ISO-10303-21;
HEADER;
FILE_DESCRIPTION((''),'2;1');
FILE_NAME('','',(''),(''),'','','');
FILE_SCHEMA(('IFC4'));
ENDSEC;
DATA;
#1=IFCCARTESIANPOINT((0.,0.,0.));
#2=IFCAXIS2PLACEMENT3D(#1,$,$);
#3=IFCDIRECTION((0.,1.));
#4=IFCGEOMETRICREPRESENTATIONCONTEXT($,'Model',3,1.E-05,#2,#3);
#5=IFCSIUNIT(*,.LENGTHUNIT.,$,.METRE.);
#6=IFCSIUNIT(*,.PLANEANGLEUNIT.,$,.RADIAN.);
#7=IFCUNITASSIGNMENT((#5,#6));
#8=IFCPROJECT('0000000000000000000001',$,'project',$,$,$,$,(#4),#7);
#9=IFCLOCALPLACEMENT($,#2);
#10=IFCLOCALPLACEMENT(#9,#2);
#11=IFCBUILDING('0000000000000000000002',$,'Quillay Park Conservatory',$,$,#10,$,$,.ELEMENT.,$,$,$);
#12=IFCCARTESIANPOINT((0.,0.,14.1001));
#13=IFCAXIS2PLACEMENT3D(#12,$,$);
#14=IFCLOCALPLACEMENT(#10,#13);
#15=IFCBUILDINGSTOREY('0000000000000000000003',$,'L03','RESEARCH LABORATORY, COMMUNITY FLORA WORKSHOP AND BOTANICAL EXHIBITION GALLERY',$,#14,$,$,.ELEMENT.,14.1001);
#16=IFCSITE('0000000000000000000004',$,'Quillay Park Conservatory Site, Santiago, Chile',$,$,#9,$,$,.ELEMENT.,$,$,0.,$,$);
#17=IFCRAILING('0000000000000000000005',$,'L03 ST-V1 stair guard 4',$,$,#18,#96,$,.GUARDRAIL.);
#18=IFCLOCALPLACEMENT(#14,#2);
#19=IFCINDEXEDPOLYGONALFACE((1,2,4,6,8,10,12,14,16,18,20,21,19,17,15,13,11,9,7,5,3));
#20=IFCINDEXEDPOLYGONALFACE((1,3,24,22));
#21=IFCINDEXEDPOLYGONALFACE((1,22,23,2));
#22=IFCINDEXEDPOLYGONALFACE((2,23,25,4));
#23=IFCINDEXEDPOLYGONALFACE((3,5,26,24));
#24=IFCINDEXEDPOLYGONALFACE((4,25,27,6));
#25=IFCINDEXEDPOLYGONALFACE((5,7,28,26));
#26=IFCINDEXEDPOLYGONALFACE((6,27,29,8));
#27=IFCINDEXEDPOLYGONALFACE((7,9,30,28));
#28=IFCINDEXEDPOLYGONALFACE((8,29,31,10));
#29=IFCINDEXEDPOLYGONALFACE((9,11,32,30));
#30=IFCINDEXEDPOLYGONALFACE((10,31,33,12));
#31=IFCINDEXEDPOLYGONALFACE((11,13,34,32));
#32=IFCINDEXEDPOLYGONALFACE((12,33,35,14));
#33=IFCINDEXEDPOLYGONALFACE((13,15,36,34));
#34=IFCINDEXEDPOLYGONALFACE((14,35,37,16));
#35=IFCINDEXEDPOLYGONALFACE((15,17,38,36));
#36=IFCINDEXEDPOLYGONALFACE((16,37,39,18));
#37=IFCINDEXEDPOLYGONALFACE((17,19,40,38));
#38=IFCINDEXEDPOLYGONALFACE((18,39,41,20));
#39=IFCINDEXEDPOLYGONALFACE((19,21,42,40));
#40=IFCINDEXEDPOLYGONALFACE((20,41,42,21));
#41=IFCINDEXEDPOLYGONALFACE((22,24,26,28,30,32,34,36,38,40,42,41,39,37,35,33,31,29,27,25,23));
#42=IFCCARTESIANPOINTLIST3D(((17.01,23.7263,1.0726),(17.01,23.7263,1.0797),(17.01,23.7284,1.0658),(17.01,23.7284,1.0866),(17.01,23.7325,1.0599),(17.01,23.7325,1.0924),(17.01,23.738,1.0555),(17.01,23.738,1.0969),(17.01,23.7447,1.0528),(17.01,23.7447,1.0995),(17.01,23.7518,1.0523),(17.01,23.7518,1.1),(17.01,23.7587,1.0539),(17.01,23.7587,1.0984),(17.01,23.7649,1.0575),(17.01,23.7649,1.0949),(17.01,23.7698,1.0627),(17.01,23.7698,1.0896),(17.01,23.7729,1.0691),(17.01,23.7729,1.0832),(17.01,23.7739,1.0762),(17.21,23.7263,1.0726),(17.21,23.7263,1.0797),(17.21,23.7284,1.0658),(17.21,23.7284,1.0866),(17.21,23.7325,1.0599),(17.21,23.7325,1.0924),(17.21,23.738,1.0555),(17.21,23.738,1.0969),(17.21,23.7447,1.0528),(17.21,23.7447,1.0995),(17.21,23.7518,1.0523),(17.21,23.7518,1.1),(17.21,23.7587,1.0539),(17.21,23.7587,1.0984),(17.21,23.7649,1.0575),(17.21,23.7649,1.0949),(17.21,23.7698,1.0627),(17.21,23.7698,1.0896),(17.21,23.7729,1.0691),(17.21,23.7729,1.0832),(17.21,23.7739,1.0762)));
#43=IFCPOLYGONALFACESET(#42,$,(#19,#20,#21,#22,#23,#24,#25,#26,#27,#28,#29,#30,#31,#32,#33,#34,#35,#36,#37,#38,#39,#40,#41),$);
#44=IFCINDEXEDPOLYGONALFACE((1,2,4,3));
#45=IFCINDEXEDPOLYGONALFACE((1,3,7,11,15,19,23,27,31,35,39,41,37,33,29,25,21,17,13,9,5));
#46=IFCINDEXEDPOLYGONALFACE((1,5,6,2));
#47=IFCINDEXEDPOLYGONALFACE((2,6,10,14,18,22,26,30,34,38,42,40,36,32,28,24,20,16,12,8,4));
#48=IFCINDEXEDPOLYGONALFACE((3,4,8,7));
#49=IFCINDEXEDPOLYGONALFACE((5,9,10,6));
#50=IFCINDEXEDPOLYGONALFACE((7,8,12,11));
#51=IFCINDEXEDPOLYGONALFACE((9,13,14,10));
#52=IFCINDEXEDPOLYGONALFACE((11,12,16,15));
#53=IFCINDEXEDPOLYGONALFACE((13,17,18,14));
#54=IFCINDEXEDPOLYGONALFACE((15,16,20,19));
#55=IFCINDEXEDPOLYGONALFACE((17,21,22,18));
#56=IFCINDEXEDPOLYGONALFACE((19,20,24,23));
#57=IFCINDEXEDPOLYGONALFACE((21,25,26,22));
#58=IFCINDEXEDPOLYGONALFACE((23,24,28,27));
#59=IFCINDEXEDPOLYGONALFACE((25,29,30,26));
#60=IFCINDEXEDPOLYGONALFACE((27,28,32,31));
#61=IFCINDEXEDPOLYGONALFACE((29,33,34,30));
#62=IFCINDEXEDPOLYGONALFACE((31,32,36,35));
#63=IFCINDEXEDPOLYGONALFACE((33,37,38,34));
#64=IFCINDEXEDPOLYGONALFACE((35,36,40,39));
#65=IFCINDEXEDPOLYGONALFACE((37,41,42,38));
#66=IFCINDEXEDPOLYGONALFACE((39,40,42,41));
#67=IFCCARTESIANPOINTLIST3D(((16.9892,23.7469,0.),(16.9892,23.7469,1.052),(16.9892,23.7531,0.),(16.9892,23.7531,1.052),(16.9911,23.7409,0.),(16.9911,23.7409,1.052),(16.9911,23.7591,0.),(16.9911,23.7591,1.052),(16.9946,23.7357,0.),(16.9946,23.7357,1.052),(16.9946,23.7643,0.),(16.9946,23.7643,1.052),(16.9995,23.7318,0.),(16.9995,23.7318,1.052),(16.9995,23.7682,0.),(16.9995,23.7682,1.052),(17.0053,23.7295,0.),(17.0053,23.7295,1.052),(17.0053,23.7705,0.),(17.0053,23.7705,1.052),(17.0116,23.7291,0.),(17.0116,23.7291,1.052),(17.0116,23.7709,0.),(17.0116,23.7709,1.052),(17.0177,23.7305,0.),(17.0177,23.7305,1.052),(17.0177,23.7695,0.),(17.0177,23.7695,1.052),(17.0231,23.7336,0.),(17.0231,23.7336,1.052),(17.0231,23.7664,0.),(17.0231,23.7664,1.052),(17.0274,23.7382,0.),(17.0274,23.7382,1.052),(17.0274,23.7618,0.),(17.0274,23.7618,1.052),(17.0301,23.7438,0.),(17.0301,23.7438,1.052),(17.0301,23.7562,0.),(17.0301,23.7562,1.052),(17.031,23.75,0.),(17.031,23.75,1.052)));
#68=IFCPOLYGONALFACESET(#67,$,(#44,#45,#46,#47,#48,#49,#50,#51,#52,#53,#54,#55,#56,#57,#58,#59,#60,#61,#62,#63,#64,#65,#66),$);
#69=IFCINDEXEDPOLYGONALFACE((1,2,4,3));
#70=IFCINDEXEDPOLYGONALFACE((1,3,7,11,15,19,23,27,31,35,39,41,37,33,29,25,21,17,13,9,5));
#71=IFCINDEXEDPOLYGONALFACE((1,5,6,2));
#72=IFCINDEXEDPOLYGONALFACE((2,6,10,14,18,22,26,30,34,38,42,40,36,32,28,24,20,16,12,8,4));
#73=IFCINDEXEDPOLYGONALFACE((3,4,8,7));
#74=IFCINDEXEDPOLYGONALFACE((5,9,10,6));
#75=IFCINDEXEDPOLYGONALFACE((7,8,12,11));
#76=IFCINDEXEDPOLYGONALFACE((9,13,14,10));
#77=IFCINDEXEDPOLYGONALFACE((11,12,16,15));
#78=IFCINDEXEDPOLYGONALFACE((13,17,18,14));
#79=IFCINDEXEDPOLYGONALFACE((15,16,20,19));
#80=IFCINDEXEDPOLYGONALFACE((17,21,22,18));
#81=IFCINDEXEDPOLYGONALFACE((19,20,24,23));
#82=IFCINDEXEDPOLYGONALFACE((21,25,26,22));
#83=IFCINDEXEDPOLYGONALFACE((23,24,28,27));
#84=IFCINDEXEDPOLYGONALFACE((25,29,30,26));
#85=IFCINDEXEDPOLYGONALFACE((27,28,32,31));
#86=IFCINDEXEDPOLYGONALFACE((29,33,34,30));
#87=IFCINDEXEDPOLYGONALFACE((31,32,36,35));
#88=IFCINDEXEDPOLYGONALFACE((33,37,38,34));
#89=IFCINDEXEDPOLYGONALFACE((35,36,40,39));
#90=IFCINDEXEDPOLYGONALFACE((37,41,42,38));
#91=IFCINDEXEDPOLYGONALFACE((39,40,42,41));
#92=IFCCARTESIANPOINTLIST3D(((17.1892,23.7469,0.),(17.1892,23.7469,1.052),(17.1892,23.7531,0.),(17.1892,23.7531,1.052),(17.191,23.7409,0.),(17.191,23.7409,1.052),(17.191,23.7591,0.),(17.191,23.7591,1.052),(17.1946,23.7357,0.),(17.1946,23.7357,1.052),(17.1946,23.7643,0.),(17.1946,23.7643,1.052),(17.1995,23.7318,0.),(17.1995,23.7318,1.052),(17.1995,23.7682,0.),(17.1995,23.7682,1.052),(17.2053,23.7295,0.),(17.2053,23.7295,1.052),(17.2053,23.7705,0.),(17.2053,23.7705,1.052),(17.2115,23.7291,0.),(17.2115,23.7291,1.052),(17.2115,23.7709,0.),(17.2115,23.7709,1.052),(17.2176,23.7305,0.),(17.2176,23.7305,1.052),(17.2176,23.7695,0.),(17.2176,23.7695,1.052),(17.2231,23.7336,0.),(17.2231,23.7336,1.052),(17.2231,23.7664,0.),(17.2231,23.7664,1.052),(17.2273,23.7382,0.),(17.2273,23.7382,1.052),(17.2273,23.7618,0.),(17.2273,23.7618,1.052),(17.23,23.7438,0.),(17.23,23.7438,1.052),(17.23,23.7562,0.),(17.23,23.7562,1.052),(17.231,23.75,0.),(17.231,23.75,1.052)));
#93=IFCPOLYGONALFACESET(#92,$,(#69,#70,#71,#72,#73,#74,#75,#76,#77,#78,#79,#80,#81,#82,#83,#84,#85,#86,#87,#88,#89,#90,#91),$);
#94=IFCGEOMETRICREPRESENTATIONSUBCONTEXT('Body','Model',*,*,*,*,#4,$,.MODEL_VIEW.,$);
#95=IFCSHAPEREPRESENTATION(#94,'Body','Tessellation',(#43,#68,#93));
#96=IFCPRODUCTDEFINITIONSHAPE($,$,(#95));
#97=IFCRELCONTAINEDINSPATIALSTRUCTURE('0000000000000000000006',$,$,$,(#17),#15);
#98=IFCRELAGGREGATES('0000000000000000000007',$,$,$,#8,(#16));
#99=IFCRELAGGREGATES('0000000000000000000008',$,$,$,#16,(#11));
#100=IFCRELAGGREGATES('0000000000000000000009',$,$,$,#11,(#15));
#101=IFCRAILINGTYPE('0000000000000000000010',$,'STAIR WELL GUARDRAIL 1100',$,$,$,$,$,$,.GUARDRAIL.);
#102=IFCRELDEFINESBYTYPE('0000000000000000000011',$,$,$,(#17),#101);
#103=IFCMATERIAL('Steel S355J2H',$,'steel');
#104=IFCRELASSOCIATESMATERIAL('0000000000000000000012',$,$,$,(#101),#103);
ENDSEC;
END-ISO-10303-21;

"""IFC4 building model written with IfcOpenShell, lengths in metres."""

from ifc_helpers import new_model, si_unit, direction, frame, origin, origin_2d, place, context, subcontext, project, spatial, circle, extrude, material, type_object, element, save


model = new_model("IFC4")

# Units and contexts
model_context = context("Model", 3, precision=1e-05, world=origin(), true_north=direction((0.0, 1.0)))
body_context = subcontext(model_context, "Body", "Model", "MODEL_VIEW")
ifc_project = project(units=[si_unit("LENGTHUNIT", "METRE"), si_unit("PLANEANGLEUNIT", "RADIAN")], contexts=[model_context])

# Site, building, storey
site_placement = place(None, origin())
site = spatial("IfcSite", under=ifc_project, at=site_placement, Name="Quillay Park Conservatory Site, Santiago, Chile", CompositionType="ELEMENT", RefElevation=0.0)
building_placement = place(site_placement, origin())
building = spatial("IfcBuilding", under=site, at=building_placement, Name="Quillay Park Conservatory", CompositionType="ELEMENT")
storey_placement = place(building_placement, frame((0.0, 0.0, 14.1001)))
storey = spatial("IfcBuildingStorey", under=building, at=storey_placement, Name="L03", Description="RESEARCH LABORATORY, COMMUNITY FLORA WORKSHOP AND BOTANICAL EXHIBITION GALLERY", CompositionType="ELEMENT", Elevation=14.1001)

# Railing
ifc_material_1 = material(Name="Steel S355J2H", Category="steel")
railing_type_1 = type_object("IfcRailingType", Name="STAIR WELL GUARDRAIL 1100", PredefinedType="GUARDRAIL", material=ifc_material_1)
railing_1_placement = place(storey_placement, frame((17.01, 23.75, 0.0)))
element("IfcRailing", 1, at=railing_1_placement, inside=storey, type_object=railing_type_1, Name="L03 ST-V1 stair guard 4", PredefinedType="GUARDRAIL", context=body_context, shape_type="SweptSolid", body=[
    extrude(circle(Radius=0.0239, at=origin_2d()), frame((0.0, 0.0, 1.0762), z_axis=(1.0, 0.0, 0.0), x_axis=(0.0, 1.0, 0.0)), (0.0, 0.0, 1.0), 0.2),
    extrude(circle(Radius=0.021, at=origin_2d()), origin(), (0.0, 0.0, 1.0), 1.052),
    extrude(circle(Radius=0.021, at=origin_2d()), frame((0.2, 0.0, 0.0)), (0.0, 0.0, 1.0), 1.052),
])

save(model, "model.ifc")
